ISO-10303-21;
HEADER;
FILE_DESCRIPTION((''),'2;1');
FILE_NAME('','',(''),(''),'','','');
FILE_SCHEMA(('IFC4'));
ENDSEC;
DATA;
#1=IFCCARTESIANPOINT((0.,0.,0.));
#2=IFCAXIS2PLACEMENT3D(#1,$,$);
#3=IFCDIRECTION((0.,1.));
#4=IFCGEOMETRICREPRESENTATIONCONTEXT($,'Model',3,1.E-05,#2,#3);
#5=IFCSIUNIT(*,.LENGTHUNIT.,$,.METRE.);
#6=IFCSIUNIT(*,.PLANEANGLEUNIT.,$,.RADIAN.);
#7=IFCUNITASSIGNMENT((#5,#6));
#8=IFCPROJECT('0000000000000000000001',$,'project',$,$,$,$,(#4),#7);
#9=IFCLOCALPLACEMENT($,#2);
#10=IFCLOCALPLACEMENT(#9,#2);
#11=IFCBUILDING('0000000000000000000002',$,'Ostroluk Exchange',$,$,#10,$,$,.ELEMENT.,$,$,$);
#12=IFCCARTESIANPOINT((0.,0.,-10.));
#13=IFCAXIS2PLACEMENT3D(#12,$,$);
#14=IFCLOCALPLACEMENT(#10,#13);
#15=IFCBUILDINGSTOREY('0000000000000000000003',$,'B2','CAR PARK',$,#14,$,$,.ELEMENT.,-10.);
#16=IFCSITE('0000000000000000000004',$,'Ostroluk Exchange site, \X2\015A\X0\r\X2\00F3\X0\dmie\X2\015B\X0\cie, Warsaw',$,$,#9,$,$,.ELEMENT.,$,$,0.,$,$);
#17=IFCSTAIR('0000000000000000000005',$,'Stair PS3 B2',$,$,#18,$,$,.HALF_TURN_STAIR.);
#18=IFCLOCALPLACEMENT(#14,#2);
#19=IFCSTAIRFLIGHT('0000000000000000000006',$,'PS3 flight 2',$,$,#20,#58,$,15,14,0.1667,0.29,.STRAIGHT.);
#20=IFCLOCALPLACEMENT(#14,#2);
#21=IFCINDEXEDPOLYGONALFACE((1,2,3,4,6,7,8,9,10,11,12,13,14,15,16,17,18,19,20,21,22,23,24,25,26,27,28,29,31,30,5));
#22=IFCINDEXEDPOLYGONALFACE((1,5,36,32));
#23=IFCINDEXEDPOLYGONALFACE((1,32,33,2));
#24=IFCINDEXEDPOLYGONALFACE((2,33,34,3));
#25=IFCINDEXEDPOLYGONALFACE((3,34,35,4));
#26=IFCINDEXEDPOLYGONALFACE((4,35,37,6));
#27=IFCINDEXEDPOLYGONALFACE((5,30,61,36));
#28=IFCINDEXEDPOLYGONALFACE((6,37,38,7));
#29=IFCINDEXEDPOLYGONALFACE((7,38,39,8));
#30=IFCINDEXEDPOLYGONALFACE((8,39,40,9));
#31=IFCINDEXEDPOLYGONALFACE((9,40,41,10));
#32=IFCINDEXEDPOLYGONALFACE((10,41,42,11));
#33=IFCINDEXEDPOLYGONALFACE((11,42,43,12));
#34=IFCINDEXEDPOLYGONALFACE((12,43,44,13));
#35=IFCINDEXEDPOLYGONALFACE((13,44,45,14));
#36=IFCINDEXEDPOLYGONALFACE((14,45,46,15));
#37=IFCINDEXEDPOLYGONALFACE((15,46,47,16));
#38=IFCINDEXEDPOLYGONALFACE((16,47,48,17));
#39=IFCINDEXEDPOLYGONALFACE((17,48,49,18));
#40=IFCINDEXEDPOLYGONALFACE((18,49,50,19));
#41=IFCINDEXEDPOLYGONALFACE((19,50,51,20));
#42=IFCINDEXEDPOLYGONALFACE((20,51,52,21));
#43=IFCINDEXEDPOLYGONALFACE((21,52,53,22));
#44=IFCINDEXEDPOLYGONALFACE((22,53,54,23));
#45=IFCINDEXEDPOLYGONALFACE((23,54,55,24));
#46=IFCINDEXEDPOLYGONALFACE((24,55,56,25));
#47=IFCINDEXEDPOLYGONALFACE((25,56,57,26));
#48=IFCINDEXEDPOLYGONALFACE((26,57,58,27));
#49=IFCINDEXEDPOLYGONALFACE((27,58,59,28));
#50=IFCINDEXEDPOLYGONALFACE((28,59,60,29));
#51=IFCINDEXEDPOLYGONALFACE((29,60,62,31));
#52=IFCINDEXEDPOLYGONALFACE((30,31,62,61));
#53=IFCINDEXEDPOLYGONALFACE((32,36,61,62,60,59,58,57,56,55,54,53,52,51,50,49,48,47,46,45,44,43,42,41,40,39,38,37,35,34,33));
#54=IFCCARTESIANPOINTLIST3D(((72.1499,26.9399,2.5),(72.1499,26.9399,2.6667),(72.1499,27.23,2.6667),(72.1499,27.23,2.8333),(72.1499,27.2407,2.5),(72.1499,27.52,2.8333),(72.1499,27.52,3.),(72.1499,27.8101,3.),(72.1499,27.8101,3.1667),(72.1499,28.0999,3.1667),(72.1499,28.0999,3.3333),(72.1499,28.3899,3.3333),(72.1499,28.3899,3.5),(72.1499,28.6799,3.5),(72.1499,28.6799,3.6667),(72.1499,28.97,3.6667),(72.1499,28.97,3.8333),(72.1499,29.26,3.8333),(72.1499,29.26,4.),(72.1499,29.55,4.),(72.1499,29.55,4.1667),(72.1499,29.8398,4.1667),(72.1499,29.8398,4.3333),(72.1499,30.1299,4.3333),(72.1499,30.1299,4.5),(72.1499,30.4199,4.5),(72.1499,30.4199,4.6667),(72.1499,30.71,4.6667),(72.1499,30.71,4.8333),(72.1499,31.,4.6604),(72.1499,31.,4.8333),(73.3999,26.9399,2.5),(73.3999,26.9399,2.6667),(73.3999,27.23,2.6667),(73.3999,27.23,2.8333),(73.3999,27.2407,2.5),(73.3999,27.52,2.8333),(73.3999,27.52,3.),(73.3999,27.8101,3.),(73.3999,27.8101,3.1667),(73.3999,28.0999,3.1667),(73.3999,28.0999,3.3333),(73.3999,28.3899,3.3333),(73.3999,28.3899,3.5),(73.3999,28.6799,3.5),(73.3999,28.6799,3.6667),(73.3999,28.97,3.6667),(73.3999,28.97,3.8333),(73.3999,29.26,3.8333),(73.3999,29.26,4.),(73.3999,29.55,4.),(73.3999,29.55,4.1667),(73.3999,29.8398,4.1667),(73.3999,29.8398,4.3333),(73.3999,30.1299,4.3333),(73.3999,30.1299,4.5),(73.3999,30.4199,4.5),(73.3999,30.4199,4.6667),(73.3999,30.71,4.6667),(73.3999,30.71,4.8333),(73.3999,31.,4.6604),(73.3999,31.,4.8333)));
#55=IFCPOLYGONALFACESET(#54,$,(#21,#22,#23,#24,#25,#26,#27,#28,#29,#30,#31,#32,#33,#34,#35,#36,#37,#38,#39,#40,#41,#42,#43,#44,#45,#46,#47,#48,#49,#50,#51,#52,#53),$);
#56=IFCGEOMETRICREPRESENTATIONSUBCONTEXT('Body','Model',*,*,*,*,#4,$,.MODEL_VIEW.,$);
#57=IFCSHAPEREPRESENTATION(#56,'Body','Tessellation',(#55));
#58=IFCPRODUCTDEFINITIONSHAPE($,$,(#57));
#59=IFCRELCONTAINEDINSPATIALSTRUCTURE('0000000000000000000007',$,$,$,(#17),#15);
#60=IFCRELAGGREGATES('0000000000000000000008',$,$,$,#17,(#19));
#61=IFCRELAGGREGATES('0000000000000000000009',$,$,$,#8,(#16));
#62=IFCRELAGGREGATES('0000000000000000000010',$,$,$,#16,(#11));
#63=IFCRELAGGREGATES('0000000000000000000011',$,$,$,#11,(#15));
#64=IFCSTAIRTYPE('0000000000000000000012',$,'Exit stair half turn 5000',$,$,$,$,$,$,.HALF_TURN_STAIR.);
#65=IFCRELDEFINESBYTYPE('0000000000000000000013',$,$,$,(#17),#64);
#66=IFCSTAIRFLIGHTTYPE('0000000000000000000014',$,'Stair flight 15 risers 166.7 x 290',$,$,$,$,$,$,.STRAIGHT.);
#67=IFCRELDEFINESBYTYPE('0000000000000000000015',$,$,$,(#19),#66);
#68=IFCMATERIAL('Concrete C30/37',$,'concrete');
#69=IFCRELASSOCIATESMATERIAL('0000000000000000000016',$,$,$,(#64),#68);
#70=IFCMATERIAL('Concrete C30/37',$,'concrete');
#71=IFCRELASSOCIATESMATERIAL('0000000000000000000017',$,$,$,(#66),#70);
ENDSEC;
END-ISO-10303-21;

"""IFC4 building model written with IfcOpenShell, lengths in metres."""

from ifc_helpers import new_model, si_unit, direction, frame, origin, place, context, subcontext, project, spatial, polyline, outline, extrude, material, type_object, element, aggregate, save


model = new_model("IFC4")

# Units and contexts
model_context = context("Model", 3, precision=1e-05, world=origin(), true_north=direction((0.0, 1.0)))
body_context = subcontext(model_context, "Body", "Model", "MODEL_VIEW")
ifc_project = project(units=[si_unit("LENGTHUNIT", "METRE"), si_unit("PLANEANGLEUNIT", "RADIAN")], contexts=[model_context])

# Site, building, storey
site_placement = place(None, origin())
site = spatial("IfcSite", under=ifc_project, at=site_placement, Name="Ostroluk Exchange site, Śródmieście, Warsaw", CompositionType="ELEMENT", RefElevation=0.0)
building_placement = place(site_placement, origin())
building = spatial("IfcBuilding", under=site, at=building_placement, Name="Ostroluk Exchange", CompositionType="ELEMENT")
storey_placement = place(building_placement, frame((0.0, 0.0, -10.0)))
storey = spatial("IfcBuildingStorey", under=building, at=storey_placement, Name="B2", Description="CAR PARK", CompositionType="ELEMENT", Elevation=-10.0)

# Stair, stair flight
ifc_material_1 = material(Name="Concrete C30/37", Category="concrete")
stair_type = type_object("IfcStairType", Name="Exit stair half turn 5000", PredefinedType="HALF_TURN_STAIR", material=ifc_material_1)
stair_placement = place(storey_placement, origin())
stair = element("IfcStair", 1, at=stair_placement, inside=storey, type_object=stair_type, Name="Stair PS3 B2", PredefinedType="HALF_TURN_STAIR")
ifc_material_2 = material(Name="Concrete C30/37", Category="concrete")
stair_flight_type = type_object("IfcStairFlightType", Name="Stair flight 15 risers 166.7 x 290", PredefinedType="STRAIGHT", material=ifc_material_2)
stair_flight_1_placement = place(storey_placement, frame((72.7749, 26.9399, 2.5), z_axis=(0.0, 0.0, 1.0), x_axis=(0.0, 1.0, 0.0)))
stair_flight_1 = element("IfcStairFlight", 2, at=stair_flight_1_placement, type_object=stair_flight_type, Name="PS3 flight 2", NumberOfRisers=15, NumberOfTreads=14, PredefinedType="STRAIGHT", RiserHeight=0.1667, TreadLength=0.29, context=body_context, shape_type="SweptSolid", body=[
    extrude(outline(polyline([(0.0, 0.0), (0.0, 0.1667), (0.29, 0.1667), (0.29, 0.3333), (0.5801, 0.3333), (0.5801, 0.5), (0.8701, 0.5), (0.8701, 0.6667), (1.1599, 0.6667), (1.1599, 0.8333), (1.45, 0.8333), (1.45, 1.0), (1.74, 1.0), (1.74, 1.1667), (2.03, 1.1667), (2.03, 1.3333), (2.3201, 1.3333), (2.3201, 1.5), (2.6101, 1.5), (2.6101, 1.6667), (2.8999, 1.6667), (2.8999, 1.8333), (3.1899, 1.8333), (3.1899, 2.0), (3.48, 2.0), (3.48, 2.1667), (3.77, 2.1667), (3.77, 2.3333), (4.0601, 2.3333), (4.0601, 2.5), (4.0601, 2.1604), (0.3008, 0.0), (0.0, 0.0)])), frame((0.0, 0.625, 0.0), z_axis=(0.0, -1.0, 0.0), x_axis=(1.0, 0.0, 0.0)), (0.0, 0.0, 1.0), 1.25),
])
aggregate(stair, [stair_flight_1])

save(model, "model.ifc")
